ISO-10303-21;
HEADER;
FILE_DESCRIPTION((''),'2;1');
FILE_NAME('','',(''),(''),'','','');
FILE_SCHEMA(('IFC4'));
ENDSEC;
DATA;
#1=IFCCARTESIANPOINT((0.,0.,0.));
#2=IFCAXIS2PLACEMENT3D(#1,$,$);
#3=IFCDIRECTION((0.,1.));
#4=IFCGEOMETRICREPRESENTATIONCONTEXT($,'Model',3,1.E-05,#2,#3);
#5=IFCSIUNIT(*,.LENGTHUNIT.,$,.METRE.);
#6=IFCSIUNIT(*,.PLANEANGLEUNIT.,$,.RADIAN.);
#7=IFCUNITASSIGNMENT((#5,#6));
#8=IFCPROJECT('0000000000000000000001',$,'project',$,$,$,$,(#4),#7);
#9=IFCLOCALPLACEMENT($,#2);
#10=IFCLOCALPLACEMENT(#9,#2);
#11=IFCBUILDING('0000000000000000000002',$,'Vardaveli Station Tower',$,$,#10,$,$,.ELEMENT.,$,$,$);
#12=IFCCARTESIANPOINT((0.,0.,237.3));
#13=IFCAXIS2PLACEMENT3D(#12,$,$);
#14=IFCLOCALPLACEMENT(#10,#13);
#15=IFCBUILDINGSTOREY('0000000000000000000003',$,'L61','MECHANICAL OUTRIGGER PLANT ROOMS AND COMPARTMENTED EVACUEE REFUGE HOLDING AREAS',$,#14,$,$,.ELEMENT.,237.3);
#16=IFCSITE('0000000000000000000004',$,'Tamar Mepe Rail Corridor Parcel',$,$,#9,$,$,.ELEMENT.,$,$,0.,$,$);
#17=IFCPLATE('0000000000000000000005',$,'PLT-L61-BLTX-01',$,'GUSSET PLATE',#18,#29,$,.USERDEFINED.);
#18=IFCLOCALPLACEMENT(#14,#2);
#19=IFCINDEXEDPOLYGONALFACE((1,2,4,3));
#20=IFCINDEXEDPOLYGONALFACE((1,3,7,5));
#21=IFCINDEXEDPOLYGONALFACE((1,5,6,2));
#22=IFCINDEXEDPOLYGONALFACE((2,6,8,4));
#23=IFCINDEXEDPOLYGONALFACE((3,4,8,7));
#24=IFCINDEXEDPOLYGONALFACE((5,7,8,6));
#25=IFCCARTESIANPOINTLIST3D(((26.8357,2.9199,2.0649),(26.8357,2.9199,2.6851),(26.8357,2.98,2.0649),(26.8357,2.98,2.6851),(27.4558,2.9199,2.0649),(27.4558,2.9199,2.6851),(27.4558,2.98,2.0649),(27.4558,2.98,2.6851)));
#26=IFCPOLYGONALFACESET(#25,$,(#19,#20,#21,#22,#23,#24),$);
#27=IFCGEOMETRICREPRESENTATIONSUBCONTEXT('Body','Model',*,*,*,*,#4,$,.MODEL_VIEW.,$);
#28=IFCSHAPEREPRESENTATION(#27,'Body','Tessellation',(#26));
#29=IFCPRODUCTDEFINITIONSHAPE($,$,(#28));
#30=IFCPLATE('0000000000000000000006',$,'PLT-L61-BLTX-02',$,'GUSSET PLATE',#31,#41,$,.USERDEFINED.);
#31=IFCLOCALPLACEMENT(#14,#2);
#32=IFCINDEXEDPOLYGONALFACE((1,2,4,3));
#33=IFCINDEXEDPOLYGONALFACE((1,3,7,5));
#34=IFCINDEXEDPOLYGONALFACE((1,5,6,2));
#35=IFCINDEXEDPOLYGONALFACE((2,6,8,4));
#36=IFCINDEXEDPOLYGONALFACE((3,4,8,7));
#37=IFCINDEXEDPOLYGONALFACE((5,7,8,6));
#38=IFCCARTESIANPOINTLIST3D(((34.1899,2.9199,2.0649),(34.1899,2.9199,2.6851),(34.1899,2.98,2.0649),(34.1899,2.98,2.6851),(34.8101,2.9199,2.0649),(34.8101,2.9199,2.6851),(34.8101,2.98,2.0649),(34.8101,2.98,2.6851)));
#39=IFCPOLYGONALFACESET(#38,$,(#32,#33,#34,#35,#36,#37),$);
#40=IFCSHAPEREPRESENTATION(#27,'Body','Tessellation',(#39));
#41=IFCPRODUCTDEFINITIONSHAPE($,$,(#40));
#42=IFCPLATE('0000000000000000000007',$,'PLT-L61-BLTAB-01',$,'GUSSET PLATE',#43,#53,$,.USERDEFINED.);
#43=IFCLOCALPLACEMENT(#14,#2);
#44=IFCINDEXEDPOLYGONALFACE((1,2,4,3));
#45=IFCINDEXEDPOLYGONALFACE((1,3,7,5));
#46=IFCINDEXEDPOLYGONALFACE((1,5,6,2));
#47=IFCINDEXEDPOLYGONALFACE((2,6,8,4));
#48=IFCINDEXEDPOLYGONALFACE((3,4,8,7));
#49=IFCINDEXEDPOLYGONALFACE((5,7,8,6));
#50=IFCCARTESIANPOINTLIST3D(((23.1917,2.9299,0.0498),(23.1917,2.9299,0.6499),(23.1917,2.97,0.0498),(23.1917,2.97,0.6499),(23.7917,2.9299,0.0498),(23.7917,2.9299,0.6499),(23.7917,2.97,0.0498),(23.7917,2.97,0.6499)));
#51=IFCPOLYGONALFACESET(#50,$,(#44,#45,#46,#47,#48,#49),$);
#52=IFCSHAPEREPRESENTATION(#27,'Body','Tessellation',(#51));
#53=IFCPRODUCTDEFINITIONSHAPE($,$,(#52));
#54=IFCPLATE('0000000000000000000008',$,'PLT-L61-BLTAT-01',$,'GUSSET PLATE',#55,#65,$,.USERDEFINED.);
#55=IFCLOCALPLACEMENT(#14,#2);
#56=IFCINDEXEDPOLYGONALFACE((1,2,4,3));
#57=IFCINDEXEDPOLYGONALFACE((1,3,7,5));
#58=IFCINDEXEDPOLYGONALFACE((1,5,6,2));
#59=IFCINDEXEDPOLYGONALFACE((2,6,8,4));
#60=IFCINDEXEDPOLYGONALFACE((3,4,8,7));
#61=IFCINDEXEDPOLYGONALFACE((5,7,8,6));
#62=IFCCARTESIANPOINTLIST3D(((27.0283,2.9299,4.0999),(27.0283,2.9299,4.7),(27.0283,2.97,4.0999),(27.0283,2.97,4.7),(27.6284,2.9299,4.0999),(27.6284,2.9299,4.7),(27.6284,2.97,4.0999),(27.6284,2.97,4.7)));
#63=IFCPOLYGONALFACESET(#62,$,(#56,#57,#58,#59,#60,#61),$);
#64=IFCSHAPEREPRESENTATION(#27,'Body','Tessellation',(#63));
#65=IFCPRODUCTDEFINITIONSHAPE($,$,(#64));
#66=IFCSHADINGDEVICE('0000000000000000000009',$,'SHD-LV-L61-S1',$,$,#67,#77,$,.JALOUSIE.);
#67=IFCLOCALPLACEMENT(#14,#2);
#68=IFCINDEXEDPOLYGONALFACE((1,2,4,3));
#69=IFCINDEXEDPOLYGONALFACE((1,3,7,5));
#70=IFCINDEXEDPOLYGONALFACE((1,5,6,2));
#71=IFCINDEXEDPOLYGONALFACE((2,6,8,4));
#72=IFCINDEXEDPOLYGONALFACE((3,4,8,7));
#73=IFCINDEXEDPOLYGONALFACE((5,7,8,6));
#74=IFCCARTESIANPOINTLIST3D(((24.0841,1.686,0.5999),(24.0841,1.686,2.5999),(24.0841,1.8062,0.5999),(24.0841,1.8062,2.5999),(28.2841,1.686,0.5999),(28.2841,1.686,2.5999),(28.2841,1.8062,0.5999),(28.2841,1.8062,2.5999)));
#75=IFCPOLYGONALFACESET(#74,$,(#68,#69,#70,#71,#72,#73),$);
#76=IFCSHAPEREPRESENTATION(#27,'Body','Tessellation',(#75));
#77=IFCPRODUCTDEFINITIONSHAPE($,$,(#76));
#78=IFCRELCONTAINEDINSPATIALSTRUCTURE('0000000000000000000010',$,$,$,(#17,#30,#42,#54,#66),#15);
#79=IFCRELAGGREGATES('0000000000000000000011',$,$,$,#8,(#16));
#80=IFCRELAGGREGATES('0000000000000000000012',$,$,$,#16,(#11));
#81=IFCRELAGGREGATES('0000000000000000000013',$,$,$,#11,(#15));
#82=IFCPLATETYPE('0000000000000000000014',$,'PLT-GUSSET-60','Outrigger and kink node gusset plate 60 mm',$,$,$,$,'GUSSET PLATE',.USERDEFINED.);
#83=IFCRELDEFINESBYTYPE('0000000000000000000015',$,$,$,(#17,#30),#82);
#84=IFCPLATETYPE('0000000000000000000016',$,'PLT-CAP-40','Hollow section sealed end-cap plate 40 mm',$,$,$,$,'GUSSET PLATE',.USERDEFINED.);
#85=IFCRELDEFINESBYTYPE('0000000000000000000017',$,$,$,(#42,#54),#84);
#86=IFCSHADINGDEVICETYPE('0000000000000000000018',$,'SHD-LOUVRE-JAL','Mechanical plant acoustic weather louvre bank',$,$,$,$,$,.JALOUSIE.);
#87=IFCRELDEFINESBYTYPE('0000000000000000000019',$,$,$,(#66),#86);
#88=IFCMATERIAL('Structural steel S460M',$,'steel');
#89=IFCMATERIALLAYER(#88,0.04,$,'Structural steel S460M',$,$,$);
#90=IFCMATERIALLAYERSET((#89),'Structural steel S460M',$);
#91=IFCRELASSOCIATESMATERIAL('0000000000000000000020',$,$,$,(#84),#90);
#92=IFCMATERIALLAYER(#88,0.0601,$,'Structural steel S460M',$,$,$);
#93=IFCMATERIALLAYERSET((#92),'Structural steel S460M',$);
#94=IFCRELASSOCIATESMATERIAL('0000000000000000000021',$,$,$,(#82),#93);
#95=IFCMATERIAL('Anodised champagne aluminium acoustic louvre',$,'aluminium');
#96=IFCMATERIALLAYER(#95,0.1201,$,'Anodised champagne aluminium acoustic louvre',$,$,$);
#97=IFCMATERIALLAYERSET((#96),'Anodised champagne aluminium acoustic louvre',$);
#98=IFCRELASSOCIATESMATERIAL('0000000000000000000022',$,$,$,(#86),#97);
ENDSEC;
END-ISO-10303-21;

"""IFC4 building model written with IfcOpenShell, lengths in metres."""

from ifc_helpers import new_model, si_unit, direction, frame, origin, origin_2d, place, context, subcontext, project, spatial, rectangle, extrude, source, transform, mapped, material, layer, layer_set, type_object, element, save


model = new_model("IFC4")

# Units and contexts
model_context = context("Model", 3, precision=1e-05, world=origin(), true_north=direction((0.0, 1.0)))
body_context = subcontext(model_context, "Body", "Model", "MODEL_VIEW")
ifc_project = project(units=[si_unit("LENGTHUNIT", "METRE"), si_unit("PLANEANGLEUNIT", "RADIAN")], contexts=[model_context])

# Site, building, storey
site_placement = place(None, origin())
site = spatial("IfcSite", under=ifc_project, at=site_placement, Name="Tamar Mepe Rail Corridor Parcel", CompositionType="ELEMENT", RefElevation=0.0)
building_placement = place(site_placement, origin())
building = spatial("IfcBuilding", under=site, at=building_placement, Name="Vardaveli Station Tower", CompositionType="ELEMENT")
storey_placement = place(building_placement, frame((0.0, 0.0, 237.3)))
storey = spatial("IfcBuildingStorey", under=building, at=storey_placement, Name="L61", Description="MECHANICAL OUTRIGGER PLANT ROOMS AND COMPARTMENTED EVACUEE REFUGE HOLDING AREAS", CompositionType="ELEMENT", Elevation=237.3)

# Shared definitions
ifc_material_1 = material(Name="Structural steel S460M", Category="steel")

# Plates
ifc_layer_1 = layer(ifc_material_1, 0.04, Name="Structural steel S460M")
ifc_layer_set_1 = layer_set([ifc_layer_1], Name="Structural steel S460M")
plate_type_1 = type_object("IfcPlateType", Name="PLT-CAP-40", Description="Hollow section sealed end-cap plate 40 mm", ElementType="GUSSET PLATE", PredefinedType="USERDEFINED", material=ifc_layer_set_1)
ifc_layer_2 = layer(ifc_material_1, 0.0601, Name="Structural steel S460M")
ifc_layer_set_2 = layer_set([ifc_layer_2], Name="Structural steel S460M")
plate_type_2 = type_object("IfcPlateType", Name="PLT-GUSSET-60", Description="Outrigger and kink node gusset plate 60 mm", ElementType="GUSSET PLATE", PredefinedType="USERDEFINED", material=ifc_layer_set_2)
shared_shape_1 = source(origin(), body_context, "Body", "SweptSolid", [
    extrude(rectangle(XDim=0.6201, YDim=0.0601, at=origin_2d()), origin(), (0.0, 0.0, 1.0), 0.6201),
])
for number, where, z_axis, x_axis, name in (
    (1, (27.1458, 2.95, 2.0649), (0.0, 0.0, 1.0), (1.0, 0.0, 0.0), "PLT-L61-BLTX-01"),
    (2, (34.5, 2.95, 2.0649), (0.0, 0.0, 1.0), (1.0, 0.0, 0.0), "PLT-L61-BLTX-02"),
):
    element("IfcPlate", number, at=place(storey_placement, frame(where, z_axis=z_axis, x_axis=x_axis)), inside=storey, type_object=plate_type_2, Name=name, ObjectType="GUSSET PLATE", PredefinedType="USERDEFINED", context=body_context, shape_type="MappedRepresentation", body=[
        mapped(shared_shape_1, transform((0.0, 0.0, 0.0), scale=1.0)),
    ])
shared_shape_2 = source(origin(), body_context, "Body", "SweptSolid", [
    extrude(rectangle(XDim=0.6001, YDim=0.04, at=origin_2d()), origin(), (0.0, 0.0, 1.0), 0.6001),
])
for number, where, z_axis, x_axis, name in (
    (3, (23.4917, 2.95, 0.0498), (0.0, 0.0, 1.0), (1.0, 0.0, 0.0), "PLT-L61-BLTAB-01"),
    (4, (27.3284, 2.95, 4.0999), (0.0, 0.0, 1.0), (1.0, 0.0, 0.0), "PLT-L61-BLTAT-01"),
):
    element("IfcPlate", number, at=place(storey_placement, frame(where, z_axis=z_axis, x_axis=x_axis)), inside=storey, type_object=plate_type_1, Name=name, ObjectType="GUSSET PLATE", PredefinedType="USERDEFINED", context=body_context, shape_type="MappedRepresentation", body=[
        mapped(shared_shape_2, transform((0.0, 0.0, 0.0), scale=1.0)),
    ])

# Shading device
ifc_material_2 = material(Name="Anodised champagne aluminium acoustic louvre", Category="aluminium")
ifc_layer_3 = layer(ifc_material_2, 0.1201, Name="Anodised champagne aluminium acoustic louvre")
ifc_layer_set_3 = layer_set([ifc_layer_3], Name="Anodised champagne aluminium acoustic louvre")
shading_device_type = type_object("IfcShadingDeviceType", Name="SHD-LOUVRE-JAL", Description="Mechanical plant acoustic weather louvre bank", PredefinedType="JALOUSIE", material=ifc_layer_set_3)
shared_shape_3 = source(origin(), body_context, "Body", "SweptSolid", [
    extrude(rectangle(XDim=4.2, YDim=0.1201, at=origin_2d()), origin(), (0.0, 0.0, 1.0), 2.0),
])
shading_device_placement = place(storey_placement, frame((26.1841, 1.7461, 0.5999), z_axis=(0.0, 0.0, 1.0), x_axis=(1.0, 0.0, 0.0)))
element("IfcShadingDevice", 5, at=shading_device_placement, inside=storey, type_object=shading_device_type, Name="SHD-LV-L61-S1", PredefinedType="JALOUSIE", context=body_context, shape_type="MappedRepresentation", body=[
    mapped(shared_shape_3, transform((0.0, 0.0, 0.0), scale=1.0)),
])

save(model, "model.ifc")
